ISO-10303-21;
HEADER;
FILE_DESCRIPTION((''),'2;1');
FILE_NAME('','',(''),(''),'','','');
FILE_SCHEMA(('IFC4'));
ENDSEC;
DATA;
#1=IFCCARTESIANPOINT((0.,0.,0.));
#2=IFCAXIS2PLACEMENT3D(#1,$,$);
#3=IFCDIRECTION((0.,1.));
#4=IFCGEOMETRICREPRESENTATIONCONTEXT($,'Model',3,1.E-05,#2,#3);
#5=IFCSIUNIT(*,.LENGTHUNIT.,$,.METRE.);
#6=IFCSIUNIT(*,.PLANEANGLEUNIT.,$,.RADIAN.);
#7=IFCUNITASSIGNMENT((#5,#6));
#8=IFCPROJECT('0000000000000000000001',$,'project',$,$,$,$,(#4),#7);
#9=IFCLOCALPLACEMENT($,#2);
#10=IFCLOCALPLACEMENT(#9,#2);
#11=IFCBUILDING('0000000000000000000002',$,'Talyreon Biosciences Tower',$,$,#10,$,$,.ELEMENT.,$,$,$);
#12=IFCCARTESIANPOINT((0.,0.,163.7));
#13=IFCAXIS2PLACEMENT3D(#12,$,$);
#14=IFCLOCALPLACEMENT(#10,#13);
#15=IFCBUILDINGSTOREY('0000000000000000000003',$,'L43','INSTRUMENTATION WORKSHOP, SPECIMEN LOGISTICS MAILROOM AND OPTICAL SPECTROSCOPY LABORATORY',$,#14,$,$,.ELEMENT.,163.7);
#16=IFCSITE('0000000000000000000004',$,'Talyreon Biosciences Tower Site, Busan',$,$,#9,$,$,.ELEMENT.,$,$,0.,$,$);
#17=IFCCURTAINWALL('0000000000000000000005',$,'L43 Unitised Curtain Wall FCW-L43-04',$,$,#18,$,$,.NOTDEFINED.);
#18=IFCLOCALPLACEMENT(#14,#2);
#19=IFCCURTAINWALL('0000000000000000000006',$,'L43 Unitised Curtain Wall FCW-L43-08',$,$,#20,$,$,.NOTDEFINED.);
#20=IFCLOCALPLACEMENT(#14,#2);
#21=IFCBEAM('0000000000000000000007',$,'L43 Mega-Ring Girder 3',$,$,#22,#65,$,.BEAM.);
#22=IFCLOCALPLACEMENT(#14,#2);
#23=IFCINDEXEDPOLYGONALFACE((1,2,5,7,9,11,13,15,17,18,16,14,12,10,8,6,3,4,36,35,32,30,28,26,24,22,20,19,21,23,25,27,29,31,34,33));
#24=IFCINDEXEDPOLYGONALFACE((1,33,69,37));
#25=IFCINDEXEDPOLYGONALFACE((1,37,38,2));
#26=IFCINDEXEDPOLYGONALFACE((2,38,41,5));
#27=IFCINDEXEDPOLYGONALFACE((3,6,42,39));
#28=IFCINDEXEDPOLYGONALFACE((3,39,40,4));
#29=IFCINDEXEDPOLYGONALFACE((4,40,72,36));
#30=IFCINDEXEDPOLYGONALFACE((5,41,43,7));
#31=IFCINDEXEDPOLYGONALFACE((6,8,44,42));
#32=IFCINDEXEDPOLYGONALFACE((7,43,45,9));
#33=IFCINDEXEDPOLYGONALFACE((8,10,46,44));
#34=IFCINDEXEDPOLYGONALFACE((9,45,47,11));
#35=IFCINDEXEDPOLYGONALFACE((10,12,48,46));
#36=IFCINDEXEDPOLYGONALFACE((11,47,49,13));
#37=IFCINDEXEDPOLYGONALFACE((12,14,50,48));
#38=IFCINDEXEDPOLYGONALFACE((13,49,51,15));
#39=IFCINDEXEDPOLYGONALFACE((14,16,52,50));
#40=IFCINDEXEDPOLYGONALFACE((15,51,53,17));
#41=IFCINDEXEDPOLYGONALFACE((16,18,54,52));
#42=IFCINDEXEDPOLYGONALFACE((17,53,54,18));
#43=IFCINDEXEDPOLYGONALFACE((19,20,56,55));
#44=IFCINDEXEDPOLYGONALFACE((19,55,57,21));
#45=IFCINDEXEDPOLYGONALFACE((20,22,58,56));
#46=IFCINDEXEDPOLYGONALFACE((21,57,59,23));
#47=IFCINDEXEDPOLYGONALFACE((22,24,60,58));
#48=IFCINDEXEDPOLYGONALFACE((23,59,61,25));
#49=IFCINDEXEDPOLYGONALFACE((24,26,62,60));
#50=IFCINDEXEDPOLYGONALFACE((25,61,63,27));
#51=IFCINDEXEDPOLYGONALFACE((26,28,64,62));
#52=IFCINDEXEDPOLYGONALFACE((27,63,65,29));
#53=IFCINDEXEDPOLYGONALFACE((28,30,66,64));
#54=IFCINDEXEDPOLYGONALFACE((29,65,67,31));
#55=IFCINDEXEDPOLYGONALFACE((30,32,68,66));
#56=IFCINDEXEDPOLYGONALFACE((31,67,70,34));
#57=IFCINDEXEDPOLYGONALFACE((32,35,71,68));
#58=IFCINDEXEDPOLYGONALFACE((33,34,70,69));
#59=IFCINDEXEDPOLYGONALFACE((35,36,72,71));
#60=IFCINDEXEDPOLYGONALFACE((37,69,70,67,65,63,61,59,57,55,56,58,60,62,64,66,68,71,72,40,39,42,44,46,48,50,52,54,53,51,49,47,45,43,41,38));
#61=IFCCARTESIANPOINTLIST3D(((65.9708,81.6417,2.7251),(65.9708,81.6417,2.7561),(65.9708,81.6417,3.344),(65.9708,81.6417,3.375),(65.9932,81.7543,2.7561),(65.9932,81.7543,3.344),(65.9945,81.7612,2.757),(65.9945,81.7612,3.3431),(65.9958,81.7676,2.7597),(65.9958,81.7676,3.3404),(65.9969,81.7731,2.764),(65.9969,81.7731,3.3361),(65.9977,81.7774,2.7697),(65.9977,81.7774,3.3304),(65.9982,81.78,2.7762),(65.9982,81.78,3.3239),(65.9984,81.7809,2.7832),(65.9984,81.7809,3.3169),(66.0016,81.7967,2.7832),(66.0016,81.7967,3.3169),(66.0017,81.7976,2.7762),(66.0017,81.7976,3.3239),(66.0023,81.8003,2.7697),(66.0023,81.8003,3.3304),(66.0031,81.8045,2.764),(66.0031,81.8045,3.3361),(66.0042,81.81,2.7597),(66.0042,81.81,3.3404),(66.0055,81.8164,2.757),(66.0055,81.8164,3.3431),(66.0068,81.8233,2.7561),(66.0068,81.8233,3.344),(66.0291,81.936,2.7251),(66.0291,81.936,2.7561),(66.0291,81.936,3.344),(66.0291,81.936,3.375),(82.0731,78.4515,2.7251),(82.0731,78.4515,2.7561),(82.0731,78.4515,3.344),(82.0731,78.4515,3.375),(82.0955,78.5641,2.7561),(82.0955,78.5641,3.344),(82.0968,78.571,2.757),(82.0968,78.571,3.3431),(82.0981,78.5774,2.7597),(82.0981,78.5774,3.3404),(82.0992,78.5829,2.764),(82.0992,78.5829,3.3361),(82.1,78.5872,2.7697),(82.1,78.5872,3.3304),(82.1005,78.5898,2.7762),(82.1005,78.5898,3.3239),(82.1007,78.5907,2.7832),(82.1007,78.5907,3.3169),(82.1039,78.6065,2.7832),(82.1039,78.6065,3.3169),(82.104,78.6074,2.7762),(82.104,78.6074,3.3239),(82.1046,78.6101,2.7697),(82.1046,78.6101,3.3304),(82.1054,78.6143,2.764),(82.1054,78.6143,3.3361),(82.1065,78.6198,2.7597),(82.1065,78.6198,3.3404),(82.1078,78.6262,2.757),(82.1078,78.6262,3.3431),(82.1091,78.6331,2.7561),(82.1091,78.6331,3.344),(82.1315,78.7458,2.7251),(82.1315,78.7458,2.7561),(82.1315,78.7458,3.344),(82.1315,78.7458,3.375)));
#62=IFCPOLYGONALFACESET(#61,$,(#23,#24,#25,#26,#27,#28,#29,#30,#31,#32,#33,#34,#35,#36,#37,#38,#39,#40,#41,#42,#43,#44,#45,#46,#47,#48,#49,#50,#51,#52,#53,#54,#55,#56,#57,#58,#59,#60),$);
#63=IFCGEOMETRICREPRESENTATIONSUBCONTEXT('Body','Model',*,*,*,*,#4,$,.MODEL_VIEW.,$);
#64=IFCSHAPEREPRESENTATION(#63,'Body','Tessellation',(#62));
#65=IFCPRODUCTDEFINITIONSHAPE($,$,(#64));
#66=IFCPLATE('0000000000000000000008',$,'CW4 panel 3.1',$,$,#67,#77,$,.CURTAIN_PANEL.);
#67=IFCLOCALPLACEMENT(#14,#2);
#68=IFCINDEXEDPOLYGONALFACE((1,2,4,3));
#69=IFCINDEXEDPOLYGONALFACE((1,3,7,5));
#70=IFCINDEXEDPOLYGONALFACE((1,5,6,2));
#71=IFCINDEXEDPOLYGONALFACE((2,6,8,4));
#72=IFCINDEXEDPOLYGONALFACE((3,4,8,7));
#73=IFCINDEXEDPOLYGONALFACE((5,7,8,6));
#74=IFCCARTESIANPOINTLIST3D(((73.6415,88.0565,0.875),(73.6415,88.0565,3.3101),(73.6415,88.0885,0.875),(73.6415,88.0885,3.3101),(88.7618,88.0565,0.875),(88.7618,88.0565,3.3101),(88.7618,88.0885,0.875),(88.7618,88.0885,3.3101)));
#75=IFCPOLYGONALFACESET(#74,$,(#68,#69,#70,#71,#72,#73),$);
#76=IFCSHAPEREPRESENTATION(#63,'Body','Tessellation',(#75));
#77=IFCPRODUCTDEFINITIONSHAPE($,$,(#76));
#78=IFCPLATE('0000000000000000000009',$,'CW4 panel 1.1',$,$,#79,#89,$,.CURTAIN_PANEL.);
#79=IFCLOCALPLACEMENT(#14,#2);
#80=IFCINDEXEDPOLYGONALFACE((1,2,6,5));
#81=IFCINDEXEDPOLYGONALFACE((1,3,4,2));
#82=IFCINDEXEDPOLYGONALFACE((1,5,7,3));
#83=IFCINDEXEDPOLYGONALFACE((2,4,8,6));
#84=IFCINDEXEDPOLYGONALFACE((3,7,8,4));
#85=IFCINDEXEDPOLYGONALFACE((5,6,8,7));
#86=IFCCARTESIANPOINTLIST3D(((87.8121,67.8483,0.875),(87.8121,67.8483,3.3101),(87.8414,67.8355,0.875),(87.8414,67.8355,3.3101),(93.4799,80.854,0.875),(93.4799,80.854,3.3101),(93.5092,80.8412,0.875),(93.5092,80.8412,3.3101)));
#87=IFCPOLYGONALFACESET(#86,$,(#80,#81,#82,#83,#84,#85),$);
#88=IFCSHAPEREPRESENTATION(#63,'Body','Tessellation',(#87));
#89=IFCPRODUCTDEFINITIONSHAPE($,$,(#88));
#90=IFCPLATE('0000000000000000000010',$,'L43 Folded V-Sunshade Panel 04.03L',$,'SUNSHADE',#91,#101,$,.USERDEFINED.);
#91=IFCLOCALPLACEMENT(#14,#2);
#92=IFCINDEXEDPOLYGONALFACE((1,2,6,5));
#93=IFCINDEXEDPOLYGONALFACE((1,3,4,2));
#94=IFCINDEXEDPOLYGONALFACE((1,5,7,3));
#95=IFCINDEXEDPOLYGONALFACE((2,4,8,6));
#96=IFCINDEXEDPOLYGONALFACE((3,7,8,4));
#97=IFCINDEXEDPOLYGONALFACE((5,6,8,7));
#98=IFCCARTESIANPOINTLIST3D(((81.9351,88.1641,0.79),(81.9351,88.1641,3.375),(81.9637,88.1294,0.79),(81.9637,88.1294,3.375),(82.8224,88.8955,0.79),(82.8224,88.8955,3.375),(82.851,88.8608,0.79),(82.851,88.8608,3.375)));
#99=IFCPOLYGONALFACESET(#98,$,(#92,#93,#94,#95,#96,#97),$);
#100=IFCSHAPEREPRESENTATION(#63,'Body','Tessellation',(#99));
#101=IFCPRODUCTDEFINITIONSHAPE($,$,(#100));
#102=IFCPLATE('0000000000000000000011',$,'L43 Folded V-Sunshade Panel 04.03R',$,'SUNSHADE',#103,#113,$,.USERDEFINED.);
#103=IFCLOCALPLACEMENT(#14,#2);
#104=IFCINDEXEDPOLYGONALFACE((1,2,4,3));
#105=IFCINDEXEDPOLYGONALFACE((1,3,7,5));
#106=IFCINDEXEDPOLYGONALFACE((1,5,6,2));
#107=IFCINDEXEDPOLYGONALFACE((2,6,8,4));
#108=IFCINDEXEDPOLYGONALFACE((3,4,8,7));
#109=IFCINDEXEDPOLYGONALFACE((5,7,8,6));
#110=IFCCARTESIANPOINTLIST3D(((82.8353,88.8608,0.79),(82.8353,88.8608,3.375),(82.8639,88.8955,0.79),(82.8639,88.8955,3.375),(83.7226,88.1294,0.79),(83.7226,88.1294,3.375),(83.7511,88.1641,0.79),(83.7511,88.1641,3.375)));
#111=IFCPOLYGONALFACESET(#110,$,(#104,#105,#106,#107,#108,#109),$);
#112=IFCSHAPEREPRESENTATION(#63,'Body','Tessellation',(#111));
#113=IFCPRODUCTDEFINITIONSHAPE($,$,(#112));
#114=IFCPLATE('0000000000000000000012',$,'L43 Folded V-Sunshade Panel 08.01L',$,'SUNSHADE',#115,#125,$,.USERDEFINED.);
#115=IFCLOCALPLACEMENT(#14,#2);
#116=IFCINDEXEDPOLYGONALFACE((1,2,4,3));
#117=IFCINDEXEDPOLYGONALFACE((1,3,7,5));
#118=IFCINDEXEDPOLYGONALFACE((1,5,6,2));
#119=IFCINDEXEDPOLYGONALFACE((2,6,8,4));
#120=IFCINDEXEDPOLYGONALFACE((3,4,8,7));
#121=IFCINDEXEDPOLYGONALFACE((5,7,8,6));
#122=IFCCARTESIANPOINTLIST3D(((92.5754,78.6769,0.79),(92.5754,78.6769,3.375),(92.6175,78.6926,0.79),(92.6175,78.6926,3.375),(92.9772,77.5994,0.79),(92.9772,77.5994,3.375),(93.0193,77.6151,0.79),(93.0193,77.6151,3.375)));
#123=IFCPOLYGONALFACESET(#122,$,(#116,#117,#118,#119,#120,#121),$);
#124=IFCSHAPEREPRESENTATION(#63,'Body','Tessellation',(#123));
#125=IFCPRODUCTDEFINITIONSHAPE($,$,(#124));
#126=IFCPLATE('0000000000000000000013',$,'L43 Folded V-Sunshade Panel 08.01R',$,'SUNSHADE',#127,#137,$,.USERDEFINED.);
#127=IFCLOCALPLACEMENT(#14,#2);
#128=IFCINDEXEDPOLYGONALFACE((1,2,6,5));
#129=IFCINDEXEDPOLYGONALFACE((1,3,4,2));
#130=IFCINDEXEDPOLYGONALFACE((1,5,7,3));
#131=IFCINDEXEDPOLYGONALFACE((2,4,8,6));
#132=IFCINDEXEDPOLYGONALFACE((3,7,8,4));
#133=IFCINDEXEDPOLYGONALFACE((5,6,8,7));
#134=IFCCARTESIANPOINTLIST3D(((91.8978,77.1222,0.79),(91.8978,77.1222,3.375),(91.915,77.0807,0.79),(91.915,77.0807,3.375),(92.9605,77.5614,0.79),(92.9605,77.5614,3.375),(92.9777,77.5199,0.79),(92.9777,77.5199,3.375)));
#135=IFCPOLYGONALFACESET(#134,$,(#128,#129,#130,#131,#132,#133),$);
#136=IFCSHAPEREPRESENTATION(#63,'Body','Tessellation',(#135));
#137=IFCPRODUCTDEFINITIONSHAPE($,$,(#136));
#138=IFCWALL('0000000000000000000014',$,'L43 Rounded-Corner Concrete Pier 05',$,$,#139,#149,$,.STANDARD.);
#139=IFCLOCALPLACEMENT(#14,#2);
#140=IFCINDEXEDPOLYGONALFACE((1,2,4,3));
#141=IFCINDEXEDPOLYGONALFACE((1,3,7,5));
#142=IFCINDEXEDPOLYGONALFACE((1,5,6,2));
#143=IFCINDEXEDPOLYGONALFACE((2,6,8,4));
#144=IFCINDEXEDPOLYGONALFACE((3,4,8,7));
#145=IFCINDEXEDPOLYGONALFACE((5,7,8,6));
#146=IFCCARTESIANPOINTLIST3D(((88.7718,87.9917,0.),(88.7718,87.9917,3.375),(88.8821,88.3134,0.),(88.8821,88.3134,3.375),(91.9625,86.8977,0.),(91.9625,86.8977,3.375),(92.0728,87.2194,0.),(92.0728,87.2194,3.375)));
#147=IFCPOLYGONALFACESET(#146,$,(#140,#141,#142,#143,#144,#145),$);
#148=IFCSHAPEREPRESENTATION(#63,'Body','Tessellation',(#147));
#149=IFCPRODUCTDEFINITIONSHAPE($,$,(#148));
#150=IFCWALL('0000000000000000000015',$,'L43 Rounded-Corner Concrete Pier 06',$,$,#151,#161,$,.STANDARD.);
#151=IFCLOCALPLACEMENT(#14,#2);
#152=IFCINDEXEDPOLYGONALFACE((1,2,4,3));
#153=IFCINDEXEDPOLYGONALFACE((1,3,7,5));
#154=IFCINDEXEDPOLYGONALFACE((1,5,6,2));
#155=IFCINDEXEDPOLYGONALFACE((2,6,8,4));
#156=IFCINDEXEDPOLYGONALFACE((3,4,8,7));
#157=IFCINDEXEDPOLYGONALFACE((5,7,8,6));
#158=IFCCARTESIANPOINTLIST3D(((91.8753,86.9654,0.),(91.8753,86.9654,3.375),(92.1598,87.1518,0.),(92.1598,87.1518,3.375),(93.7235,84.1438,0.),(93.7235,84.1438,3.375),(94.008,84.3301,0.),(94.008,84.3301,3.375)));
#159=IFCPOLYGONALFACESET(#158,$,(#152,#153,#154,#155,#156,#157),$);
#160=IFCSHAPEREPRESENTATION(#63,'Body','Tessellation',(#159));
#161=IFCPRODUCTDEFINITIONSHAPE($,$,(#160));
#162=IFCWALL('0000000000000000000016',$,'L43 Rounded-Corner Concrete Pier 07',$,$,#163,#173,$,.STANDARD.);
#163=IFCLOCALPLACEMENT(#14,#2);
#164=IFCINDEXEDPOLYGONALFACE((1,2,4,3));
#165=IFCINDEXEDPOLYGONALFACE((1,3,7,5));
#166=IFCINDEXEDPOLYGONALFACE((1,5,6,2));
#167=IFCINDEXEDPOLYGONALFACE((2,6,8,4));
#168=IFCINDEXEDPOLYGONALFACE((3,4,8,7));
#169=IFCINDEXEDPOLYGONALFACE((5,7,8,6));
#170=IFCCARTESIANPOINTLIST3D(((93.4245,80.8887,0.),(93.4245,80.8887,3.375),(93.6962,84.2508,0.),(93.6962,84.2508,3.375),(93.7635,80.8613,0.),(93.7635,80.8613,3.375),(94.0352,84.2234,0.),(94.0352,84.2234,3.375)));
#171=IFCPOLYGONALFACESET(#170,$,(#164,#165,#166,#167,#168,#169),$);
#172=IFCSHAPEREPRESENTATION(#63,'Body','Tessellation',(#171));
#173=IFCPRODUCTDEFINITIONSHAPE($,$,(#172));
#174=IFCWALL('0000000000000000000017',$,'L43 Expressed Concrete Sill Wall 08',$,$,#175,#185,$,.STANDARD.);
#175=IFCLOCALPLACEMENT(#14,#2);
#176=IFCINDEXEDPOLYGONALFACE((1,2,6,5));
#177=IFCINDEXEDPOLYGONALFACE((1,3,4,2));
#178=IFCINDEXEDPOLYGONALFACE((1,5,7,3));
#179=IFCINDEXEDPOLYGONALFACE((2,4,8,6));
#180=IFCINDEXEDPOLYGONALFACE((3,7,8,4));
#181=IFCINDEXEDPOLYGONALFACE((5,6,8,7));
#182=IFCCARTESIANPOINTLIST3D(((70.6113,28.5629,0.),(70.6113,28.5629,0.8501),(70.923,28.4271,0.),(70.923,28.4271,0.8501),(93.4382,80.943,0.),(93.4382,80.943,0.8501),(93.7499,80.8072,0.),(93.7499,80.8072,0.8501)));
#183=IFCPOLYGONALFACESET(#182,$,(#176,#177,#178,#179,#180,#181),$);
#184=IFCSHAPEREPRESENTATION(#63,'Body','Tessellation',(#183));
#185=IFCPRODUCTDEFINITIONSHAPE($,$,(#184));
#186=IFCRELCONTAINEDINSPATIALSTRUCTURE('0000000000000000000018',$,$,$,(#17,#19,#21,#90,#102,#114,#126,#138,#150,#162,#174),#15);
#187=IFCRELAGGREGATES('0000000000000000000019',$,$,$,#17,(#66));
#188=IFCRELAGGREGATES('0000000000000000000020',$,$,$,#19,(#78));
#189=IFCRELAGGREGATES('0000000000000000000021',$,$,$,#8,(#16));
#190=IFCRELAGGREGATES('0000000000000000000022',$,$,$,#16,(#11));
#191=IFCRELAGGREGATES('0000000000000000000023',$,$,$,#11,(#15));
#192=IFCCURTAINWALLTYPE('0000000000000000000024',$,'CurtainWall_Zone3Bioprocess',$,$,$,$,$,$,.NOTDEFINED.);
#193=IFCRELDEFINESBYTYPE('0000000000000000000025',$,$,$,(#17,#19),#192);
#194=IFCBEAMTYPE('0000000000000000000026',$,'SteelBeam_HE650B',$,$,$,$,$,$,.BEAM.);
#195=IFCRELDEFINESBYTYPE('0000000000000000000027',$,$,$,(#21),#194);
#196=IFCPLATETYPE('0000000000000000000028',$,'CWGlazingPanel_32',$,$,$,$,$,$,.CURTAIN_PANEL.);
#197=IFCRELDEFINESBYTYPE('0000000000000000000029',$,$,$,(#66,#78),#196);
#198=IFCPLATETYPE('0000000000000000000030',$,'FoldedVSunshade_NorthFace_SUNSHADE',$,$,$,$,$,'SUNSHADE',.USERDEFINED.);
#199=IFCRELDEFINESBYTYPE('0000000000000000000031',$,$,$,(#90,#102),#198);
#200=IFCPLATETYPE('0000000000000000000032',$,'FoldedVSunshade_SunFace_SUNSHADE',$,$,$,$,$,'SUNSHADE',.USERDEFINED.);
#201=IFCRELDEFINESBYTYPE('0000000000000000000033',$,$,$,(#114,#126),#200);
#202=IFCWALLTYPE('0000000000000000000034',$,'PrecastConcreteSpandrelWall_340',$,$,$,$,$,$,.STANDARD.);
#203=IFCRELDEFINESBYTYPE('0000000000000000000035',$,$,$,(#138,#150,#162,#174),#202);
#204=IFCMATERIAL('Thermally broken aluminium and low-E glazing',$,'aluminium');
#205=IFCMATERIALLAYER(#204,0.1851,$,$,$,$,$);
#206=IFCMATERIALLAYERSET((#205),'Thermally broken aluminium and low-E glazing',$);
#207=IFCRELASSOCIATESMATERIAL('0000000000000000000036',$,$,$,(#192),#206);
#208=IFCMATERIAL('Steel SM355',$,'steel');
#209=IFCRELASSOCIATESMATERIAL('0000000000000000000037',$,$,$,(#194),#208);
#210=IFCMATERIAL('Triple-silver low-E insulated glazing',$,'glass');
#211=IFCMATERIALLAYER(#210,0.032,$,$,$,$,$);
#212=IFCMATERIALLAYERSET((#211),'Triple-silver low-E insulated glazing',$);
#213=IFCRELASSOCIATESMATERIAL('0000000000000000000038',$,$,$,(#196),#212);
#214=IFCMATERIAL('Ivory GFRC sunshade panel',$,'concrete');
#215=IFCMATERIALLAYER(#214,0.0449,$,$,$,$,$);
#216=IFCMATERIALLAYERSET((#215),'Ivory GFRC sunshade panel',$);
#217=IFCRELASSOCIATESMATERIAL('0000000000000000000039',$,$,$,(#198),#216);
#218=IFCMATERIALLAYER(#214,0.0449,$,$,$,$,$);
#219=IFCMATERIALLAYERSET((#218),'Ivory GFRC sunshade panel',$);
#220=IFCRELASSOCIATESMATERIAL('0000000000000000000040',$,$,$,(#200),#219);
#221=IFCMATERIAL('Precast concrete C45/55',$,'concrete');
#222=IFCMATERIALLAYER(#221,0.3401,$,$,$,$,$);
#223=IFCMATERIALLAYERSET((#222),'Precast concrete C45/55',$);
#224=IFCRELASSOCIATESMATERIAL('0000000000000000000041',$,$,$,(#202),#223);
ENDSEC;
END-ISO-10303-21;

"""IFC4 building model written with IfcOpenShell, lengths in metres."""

from ifc_helpers import new_model, si_unit, direction, frame, frame_2d, origin, origin_2d, place, context, subcontext, project, spatial, rectangle, i_section, extrude, material, layer, layer_set, material_profile, profile_set, type_object, element, aggregate, save


model = new_model("IFC4")

# Units and contexts
model_context = context("Model", 3, precision=1e-05, world=origin(), true_north=direction((0.0, 1.0)))
body_context = subcontext(model_context, "Body", "Model", "MODEL_VIEW")
ifc_project = project(units=[si_unit("LENGTHUNIT", "METRE"), si_unit("PLANEANGLEUNIT", "RADIAN")], contexts=[model_context])

# Site, building, storey
site_placement = place(None, origin())
site = spatial("IfcSite", under=ifc_project, at=site_placement, Name="Talyreon Biosciences Tower Site, Busan", CompositionType="ELEMENT", RefElevation=0.0)
building_placement = place(site_placement, origin())
building = spatial("IfcBuilding", under=site, at=building_placement, Name="Talyreon Biosciences Tower", CompositionType="ELEMENT")
storey_placement = place(building_placement, frame((0.0, 0.0, 163.7)))
storey = spatial("IfcBuildingStorey", under=building, at=storey_placement, Name="L43", Description="INSTRUMENTATION WORKSHOP, SPECIMEN LOGISTICS MAILROOM AND OPTICAL SPECTROSCOPY LABORATORY", CompositionType="ELEMENT", Elevation=163.7)

# Curtain wall
ifc_material_1 = material(Name="Thermally broken aluminium and low-E glazing", Category="aluminium")
ifc_layer_1 = layer(ifc_material_1, 0.1851)
ifc_layer_set_1 = layer_set([ifc_layer_1], Name="Thermally broken aluminium and low-E glazing")
curtain_wall_type = type_object("IfcCurtainWallType", Name="CurtainWall_Zone3Bioprocess", PredefinedType="NOTDEFINED", material=ifc_layer_set_1)
curtain_wall_1_placement = place(storey_placement, origin())
curtain_wall_1 = element("IfcCurtainWall", 1, at=curtain_wall_1_placement, inside=storey, type_object=curtain_wall_type, Name="L43 Unitised Curtain Wall FCW-L43-04", PredefinedType="NOTDEFINED")

# Curtain wall
curtain_wall_2_placement = place(storey_placement, origin())
curtain_wall_2 = element("IfcCurtainWall", 2, at=curtain_wall_2_placement, inside=storey, type_object=curtain_wall_type, Name="L43 Unitised Curtain Wall FCW-L43-08", PredefinedType="NOTDEFINED")

# Beam
ifc_material_2 = material(Name="Precast concrete C45/55", Category="concrete")
ifc_material_3 = material(Name="Steel SM355", Category="steel")
ifc_material_profile_1 = material_profile(ifc_material_3, i_section(OverallWidth=0.3, OverallDepth=0.6499, WebThickness=0.0161, FlangeThickness=0.031, FilletRadius=0.0271, at=origin_2d()), Name="HE650B")
ifc_profile_set_1 = profile_set([ifc_material_profile_1], Name="Steel SM355")
beam_type_1 = type_object("IfcBeamType", Name="SteelBeam_HE650B", PredefinedType="BEAM", material=ifc_profile_set_1)
beam_1_placement = place(storey_placement, frame((82.1023, 78.5986, 3.05), z_axis=(-0.980934, 0.194343, 0.0), x_axis=(-0.194343, -0.980934, 0.0)))
element("IfcBeam", 3, at=beam_1_placement, inside=storey, type_object=beam_type_1, Name="L43 Mega-Ring Girder 3", PredefinedType="BEAM", context=body_context, shape_type="SweptSolid", body=[
    extrude(i_section(OverallWidth=0.3, OverallDepth=0.6499, WebThickness=0.0161, FlangeThickness=0.031, FilletRadius=0.0271, at=origin_2d()), origin(), (0.0, 0.0, 1.0), 16.4153),
])

# Plates
ifc_material_4 = material(Name="Triple-silver low-E insulated glazing", Category="glass")
ifc_layer_2 = layer(ifc_material_4, 0.032)
ifc_layer_set_2 = layer_set([ifc_layer_2], Name="Triple-silver low-E insulated glazing")
plate_type_1 = type_object("IfcPlateType", Name="CWGlazingPanel_32", PredefinedType="CURTAIN_PANEL", material=ifc_layer_set_2)
plate_1_placement = place(storey_placement, frame((81.2017, 88.0725, 0.875), z_axis=(0.0, 0.0, 1.0), x_axis=(1.0, 0.0, 0.0)))
plate_1 = element("IfcPlate", 4, at=plate_1_placement, type_object=plate_type_1, Name="CW4 panel 3.1", PredefinedType="CURTAIN_PANEL", context=body_context, shape_type="SweptSolid", body=[
    extrude(rectangle(XDim=15.1204, YDim=0.032, at=origin_2d()), origin(), (0.0, 0.0, 1.0), 2.4351),
])
aggregate(curtain_wall_1, [plate_1])
plate_2_placement = place(storey_placement, frame((90.6606, 74.3447, 0.875), z_axis=(0.0, 0.0, 1.0), x_axis=(-0.399505, -0.916731, 0.0)))
plate_2 = element("IfcPlate", 5, at=plate_2_placement, type_object=plate_type_1, Name="CW4 panel 1.1", PredefinedType="CURTAIN_PANEL", context=body_context, shape_type="SweptSolid", body=[
    extrude(rectangle(XDim=14.187, YDim=0.032, at=origin_2d()), origin(), (0.0, 0.0, 1.0), 2.4351),
])
aggregate(curtain_wall_2, [plate_2])

# Plates
ifc_material_5 = material(Name="Ivory GFRC sunshade panel", Category="concrete")
ifc_layer_3 = layer(ifc_material_5, 0.0449)
ifc_layer_set_3 = layer_set([ifc_layer_3], Name="Ivory GFRC sunshade panel")
plate_type_2 = type_object("IfcPlateType", Name="FoldedVSunshade_NorthFace_SUNSHADE", ElementType="SUNSHADE", PredefinedType="USERDEFINED", material=ifc_layer_set_3)
for number, where, z_axis, x_axis, name in (
    (6, (82.3931, 88.5125, 0.79), (0.0, 0.0, 1.0), (0.771625, 0.636078, 0.0), "L43 Folded V-Sunshade Panel 04.03L"),
    (7, (83.2932, 88.5125, 0.79), (0.0, 0.0, 1.0), (0.771625, -0.636078, 0.0), "L43 Folded V-Sunshade Panel 04.03R"),
):
    element("IfcPlate", number, at=place(storey_placement, frame(where, z_axis=z_axis, x_axis=x_axis)), inside=storey, type_object=plate_type_2, Name=name, ObjectType="SUNSHADE", PredefinedType="USERDEFINED", context=body_context, shape_type="SweptSolid", body=[
        extrude(rectangle(XDim=1.1499, YDim=0.0449, at=origin_2d()), origin(), (0.0, 0.0, 1.0), 2.585),
    ])
ifc_layer_4 = layer(ifc_material_5, 0.0449)
ifc_layer_set_4 = layer_set([ifc_layer_4], Name="Ivory GFRC sunshade panel")
plate_type_3 = type_object("IfcPlateType", Name="FoldedVSunshade_SunFace_SUNSHADE", ElementType="SUNSHADE", PredefinedType="USERDEFINED", material=ifc_layer_set_4)
for number, where, z_axis, x_axis, name in (
    (8, (92.7974, 78.146, 0.79), (0.0, 0.0, 1.0), (0.349439, -0.936959, 0.0), "L43 Folded V-Sunshade Panel 08.01L"),
    (9, (92.4377, 77.321, 0.79), (0.0, 0.0, 1.0), (-0.924193, -0.381925, 0.0), "L43 Folded V-Sunshade Panel 08.01R"),
):
    element("IfcPlate", number, at=place(storey_placement, frame(where, z_axis=z_axis, x_axis=x_axis)), inside=storey, type_object=plate_type_3, Name=name, ObjectType="SUNSHADE", PredefinedType="USERDEFINED", context=body_context, shape_type="SweptSolid", body=[
        extrude(rectangle(XDim=1.1499, YDim=0.0449, at=origin_2d()), origin(), (0.0, 0.0, 1.0), 2.585),
    ])

# Walls
ifc_layer_5 = layer(ifc_material_2, 0.3401)
ifc_layer_set_5 = layer_set([ifc_layer_5], Name="Precast concrete C45/55")
wall_type = type_object("IfcWallType", Name="PrecastConcreteSpandrelWall_340", PredefinedType="STANDARD", material=ifc_layer_set_5)
for number, where, z_axis, x_axis, name in (
    (10, (88.8269, 88.1526, 0.0), (0.0, 0.0, 1.0), (0.945942, -0.324337, 0.0), "L43 Rounded-Corner Concrete Pier 05"),
    (11, (92.0176, 87.0586, 0.0), (0.0, 0.0, 1.0), (0.547934, -0.836522, 0.0), "L43 Rounded-Corner Concrete Pier 06"),
    (12, (93.8657, 84.2371, 0.0), (0.0, 0.0, 1.0), (-0.080559, -0.99675, 0.0), "L43 Rounded-Corner Concrete Pier 07"),
):
    element("IfcWall", number, at=place(storey_placement, frame(where, z_axis=z_axis, x_axis=x_axis)), inside=storey, type_object=wall_type, Name=name, PredefinedType="STANDARD", context=body_context, shape_type="SweptSolid", body=[
        extrude(rectangle(XDim=3.373, YDim=0.3401, at=frame_2d((1.6865, 0.0))), origin(), (0.0, 0.0, 1.0), 3.375),
    ])
wall_placement = place(storey_placement, frame((93.594, 80.875, 0.0), z_axis=(0.0, 0.0, 1.0), x_axis=(-0.399505, -0.916731, 0.0)))
element("IfcWall", 13, at=wall_placement, inside=storey, type_object=wall_type, Name="L43 Expressed Concrete Sill Wall 08", PredefinedType="STANDARD", context=body_context, shape_type="SweptSolid", body=[
    extrude(rectangle(XDim=57.1379, YDim=0.3401, at=frame_2d((28.5688, 0.0))), origin(), (0.0, 0.0, 1.0), 0.8501),
])

save(model, "model.ifc")
